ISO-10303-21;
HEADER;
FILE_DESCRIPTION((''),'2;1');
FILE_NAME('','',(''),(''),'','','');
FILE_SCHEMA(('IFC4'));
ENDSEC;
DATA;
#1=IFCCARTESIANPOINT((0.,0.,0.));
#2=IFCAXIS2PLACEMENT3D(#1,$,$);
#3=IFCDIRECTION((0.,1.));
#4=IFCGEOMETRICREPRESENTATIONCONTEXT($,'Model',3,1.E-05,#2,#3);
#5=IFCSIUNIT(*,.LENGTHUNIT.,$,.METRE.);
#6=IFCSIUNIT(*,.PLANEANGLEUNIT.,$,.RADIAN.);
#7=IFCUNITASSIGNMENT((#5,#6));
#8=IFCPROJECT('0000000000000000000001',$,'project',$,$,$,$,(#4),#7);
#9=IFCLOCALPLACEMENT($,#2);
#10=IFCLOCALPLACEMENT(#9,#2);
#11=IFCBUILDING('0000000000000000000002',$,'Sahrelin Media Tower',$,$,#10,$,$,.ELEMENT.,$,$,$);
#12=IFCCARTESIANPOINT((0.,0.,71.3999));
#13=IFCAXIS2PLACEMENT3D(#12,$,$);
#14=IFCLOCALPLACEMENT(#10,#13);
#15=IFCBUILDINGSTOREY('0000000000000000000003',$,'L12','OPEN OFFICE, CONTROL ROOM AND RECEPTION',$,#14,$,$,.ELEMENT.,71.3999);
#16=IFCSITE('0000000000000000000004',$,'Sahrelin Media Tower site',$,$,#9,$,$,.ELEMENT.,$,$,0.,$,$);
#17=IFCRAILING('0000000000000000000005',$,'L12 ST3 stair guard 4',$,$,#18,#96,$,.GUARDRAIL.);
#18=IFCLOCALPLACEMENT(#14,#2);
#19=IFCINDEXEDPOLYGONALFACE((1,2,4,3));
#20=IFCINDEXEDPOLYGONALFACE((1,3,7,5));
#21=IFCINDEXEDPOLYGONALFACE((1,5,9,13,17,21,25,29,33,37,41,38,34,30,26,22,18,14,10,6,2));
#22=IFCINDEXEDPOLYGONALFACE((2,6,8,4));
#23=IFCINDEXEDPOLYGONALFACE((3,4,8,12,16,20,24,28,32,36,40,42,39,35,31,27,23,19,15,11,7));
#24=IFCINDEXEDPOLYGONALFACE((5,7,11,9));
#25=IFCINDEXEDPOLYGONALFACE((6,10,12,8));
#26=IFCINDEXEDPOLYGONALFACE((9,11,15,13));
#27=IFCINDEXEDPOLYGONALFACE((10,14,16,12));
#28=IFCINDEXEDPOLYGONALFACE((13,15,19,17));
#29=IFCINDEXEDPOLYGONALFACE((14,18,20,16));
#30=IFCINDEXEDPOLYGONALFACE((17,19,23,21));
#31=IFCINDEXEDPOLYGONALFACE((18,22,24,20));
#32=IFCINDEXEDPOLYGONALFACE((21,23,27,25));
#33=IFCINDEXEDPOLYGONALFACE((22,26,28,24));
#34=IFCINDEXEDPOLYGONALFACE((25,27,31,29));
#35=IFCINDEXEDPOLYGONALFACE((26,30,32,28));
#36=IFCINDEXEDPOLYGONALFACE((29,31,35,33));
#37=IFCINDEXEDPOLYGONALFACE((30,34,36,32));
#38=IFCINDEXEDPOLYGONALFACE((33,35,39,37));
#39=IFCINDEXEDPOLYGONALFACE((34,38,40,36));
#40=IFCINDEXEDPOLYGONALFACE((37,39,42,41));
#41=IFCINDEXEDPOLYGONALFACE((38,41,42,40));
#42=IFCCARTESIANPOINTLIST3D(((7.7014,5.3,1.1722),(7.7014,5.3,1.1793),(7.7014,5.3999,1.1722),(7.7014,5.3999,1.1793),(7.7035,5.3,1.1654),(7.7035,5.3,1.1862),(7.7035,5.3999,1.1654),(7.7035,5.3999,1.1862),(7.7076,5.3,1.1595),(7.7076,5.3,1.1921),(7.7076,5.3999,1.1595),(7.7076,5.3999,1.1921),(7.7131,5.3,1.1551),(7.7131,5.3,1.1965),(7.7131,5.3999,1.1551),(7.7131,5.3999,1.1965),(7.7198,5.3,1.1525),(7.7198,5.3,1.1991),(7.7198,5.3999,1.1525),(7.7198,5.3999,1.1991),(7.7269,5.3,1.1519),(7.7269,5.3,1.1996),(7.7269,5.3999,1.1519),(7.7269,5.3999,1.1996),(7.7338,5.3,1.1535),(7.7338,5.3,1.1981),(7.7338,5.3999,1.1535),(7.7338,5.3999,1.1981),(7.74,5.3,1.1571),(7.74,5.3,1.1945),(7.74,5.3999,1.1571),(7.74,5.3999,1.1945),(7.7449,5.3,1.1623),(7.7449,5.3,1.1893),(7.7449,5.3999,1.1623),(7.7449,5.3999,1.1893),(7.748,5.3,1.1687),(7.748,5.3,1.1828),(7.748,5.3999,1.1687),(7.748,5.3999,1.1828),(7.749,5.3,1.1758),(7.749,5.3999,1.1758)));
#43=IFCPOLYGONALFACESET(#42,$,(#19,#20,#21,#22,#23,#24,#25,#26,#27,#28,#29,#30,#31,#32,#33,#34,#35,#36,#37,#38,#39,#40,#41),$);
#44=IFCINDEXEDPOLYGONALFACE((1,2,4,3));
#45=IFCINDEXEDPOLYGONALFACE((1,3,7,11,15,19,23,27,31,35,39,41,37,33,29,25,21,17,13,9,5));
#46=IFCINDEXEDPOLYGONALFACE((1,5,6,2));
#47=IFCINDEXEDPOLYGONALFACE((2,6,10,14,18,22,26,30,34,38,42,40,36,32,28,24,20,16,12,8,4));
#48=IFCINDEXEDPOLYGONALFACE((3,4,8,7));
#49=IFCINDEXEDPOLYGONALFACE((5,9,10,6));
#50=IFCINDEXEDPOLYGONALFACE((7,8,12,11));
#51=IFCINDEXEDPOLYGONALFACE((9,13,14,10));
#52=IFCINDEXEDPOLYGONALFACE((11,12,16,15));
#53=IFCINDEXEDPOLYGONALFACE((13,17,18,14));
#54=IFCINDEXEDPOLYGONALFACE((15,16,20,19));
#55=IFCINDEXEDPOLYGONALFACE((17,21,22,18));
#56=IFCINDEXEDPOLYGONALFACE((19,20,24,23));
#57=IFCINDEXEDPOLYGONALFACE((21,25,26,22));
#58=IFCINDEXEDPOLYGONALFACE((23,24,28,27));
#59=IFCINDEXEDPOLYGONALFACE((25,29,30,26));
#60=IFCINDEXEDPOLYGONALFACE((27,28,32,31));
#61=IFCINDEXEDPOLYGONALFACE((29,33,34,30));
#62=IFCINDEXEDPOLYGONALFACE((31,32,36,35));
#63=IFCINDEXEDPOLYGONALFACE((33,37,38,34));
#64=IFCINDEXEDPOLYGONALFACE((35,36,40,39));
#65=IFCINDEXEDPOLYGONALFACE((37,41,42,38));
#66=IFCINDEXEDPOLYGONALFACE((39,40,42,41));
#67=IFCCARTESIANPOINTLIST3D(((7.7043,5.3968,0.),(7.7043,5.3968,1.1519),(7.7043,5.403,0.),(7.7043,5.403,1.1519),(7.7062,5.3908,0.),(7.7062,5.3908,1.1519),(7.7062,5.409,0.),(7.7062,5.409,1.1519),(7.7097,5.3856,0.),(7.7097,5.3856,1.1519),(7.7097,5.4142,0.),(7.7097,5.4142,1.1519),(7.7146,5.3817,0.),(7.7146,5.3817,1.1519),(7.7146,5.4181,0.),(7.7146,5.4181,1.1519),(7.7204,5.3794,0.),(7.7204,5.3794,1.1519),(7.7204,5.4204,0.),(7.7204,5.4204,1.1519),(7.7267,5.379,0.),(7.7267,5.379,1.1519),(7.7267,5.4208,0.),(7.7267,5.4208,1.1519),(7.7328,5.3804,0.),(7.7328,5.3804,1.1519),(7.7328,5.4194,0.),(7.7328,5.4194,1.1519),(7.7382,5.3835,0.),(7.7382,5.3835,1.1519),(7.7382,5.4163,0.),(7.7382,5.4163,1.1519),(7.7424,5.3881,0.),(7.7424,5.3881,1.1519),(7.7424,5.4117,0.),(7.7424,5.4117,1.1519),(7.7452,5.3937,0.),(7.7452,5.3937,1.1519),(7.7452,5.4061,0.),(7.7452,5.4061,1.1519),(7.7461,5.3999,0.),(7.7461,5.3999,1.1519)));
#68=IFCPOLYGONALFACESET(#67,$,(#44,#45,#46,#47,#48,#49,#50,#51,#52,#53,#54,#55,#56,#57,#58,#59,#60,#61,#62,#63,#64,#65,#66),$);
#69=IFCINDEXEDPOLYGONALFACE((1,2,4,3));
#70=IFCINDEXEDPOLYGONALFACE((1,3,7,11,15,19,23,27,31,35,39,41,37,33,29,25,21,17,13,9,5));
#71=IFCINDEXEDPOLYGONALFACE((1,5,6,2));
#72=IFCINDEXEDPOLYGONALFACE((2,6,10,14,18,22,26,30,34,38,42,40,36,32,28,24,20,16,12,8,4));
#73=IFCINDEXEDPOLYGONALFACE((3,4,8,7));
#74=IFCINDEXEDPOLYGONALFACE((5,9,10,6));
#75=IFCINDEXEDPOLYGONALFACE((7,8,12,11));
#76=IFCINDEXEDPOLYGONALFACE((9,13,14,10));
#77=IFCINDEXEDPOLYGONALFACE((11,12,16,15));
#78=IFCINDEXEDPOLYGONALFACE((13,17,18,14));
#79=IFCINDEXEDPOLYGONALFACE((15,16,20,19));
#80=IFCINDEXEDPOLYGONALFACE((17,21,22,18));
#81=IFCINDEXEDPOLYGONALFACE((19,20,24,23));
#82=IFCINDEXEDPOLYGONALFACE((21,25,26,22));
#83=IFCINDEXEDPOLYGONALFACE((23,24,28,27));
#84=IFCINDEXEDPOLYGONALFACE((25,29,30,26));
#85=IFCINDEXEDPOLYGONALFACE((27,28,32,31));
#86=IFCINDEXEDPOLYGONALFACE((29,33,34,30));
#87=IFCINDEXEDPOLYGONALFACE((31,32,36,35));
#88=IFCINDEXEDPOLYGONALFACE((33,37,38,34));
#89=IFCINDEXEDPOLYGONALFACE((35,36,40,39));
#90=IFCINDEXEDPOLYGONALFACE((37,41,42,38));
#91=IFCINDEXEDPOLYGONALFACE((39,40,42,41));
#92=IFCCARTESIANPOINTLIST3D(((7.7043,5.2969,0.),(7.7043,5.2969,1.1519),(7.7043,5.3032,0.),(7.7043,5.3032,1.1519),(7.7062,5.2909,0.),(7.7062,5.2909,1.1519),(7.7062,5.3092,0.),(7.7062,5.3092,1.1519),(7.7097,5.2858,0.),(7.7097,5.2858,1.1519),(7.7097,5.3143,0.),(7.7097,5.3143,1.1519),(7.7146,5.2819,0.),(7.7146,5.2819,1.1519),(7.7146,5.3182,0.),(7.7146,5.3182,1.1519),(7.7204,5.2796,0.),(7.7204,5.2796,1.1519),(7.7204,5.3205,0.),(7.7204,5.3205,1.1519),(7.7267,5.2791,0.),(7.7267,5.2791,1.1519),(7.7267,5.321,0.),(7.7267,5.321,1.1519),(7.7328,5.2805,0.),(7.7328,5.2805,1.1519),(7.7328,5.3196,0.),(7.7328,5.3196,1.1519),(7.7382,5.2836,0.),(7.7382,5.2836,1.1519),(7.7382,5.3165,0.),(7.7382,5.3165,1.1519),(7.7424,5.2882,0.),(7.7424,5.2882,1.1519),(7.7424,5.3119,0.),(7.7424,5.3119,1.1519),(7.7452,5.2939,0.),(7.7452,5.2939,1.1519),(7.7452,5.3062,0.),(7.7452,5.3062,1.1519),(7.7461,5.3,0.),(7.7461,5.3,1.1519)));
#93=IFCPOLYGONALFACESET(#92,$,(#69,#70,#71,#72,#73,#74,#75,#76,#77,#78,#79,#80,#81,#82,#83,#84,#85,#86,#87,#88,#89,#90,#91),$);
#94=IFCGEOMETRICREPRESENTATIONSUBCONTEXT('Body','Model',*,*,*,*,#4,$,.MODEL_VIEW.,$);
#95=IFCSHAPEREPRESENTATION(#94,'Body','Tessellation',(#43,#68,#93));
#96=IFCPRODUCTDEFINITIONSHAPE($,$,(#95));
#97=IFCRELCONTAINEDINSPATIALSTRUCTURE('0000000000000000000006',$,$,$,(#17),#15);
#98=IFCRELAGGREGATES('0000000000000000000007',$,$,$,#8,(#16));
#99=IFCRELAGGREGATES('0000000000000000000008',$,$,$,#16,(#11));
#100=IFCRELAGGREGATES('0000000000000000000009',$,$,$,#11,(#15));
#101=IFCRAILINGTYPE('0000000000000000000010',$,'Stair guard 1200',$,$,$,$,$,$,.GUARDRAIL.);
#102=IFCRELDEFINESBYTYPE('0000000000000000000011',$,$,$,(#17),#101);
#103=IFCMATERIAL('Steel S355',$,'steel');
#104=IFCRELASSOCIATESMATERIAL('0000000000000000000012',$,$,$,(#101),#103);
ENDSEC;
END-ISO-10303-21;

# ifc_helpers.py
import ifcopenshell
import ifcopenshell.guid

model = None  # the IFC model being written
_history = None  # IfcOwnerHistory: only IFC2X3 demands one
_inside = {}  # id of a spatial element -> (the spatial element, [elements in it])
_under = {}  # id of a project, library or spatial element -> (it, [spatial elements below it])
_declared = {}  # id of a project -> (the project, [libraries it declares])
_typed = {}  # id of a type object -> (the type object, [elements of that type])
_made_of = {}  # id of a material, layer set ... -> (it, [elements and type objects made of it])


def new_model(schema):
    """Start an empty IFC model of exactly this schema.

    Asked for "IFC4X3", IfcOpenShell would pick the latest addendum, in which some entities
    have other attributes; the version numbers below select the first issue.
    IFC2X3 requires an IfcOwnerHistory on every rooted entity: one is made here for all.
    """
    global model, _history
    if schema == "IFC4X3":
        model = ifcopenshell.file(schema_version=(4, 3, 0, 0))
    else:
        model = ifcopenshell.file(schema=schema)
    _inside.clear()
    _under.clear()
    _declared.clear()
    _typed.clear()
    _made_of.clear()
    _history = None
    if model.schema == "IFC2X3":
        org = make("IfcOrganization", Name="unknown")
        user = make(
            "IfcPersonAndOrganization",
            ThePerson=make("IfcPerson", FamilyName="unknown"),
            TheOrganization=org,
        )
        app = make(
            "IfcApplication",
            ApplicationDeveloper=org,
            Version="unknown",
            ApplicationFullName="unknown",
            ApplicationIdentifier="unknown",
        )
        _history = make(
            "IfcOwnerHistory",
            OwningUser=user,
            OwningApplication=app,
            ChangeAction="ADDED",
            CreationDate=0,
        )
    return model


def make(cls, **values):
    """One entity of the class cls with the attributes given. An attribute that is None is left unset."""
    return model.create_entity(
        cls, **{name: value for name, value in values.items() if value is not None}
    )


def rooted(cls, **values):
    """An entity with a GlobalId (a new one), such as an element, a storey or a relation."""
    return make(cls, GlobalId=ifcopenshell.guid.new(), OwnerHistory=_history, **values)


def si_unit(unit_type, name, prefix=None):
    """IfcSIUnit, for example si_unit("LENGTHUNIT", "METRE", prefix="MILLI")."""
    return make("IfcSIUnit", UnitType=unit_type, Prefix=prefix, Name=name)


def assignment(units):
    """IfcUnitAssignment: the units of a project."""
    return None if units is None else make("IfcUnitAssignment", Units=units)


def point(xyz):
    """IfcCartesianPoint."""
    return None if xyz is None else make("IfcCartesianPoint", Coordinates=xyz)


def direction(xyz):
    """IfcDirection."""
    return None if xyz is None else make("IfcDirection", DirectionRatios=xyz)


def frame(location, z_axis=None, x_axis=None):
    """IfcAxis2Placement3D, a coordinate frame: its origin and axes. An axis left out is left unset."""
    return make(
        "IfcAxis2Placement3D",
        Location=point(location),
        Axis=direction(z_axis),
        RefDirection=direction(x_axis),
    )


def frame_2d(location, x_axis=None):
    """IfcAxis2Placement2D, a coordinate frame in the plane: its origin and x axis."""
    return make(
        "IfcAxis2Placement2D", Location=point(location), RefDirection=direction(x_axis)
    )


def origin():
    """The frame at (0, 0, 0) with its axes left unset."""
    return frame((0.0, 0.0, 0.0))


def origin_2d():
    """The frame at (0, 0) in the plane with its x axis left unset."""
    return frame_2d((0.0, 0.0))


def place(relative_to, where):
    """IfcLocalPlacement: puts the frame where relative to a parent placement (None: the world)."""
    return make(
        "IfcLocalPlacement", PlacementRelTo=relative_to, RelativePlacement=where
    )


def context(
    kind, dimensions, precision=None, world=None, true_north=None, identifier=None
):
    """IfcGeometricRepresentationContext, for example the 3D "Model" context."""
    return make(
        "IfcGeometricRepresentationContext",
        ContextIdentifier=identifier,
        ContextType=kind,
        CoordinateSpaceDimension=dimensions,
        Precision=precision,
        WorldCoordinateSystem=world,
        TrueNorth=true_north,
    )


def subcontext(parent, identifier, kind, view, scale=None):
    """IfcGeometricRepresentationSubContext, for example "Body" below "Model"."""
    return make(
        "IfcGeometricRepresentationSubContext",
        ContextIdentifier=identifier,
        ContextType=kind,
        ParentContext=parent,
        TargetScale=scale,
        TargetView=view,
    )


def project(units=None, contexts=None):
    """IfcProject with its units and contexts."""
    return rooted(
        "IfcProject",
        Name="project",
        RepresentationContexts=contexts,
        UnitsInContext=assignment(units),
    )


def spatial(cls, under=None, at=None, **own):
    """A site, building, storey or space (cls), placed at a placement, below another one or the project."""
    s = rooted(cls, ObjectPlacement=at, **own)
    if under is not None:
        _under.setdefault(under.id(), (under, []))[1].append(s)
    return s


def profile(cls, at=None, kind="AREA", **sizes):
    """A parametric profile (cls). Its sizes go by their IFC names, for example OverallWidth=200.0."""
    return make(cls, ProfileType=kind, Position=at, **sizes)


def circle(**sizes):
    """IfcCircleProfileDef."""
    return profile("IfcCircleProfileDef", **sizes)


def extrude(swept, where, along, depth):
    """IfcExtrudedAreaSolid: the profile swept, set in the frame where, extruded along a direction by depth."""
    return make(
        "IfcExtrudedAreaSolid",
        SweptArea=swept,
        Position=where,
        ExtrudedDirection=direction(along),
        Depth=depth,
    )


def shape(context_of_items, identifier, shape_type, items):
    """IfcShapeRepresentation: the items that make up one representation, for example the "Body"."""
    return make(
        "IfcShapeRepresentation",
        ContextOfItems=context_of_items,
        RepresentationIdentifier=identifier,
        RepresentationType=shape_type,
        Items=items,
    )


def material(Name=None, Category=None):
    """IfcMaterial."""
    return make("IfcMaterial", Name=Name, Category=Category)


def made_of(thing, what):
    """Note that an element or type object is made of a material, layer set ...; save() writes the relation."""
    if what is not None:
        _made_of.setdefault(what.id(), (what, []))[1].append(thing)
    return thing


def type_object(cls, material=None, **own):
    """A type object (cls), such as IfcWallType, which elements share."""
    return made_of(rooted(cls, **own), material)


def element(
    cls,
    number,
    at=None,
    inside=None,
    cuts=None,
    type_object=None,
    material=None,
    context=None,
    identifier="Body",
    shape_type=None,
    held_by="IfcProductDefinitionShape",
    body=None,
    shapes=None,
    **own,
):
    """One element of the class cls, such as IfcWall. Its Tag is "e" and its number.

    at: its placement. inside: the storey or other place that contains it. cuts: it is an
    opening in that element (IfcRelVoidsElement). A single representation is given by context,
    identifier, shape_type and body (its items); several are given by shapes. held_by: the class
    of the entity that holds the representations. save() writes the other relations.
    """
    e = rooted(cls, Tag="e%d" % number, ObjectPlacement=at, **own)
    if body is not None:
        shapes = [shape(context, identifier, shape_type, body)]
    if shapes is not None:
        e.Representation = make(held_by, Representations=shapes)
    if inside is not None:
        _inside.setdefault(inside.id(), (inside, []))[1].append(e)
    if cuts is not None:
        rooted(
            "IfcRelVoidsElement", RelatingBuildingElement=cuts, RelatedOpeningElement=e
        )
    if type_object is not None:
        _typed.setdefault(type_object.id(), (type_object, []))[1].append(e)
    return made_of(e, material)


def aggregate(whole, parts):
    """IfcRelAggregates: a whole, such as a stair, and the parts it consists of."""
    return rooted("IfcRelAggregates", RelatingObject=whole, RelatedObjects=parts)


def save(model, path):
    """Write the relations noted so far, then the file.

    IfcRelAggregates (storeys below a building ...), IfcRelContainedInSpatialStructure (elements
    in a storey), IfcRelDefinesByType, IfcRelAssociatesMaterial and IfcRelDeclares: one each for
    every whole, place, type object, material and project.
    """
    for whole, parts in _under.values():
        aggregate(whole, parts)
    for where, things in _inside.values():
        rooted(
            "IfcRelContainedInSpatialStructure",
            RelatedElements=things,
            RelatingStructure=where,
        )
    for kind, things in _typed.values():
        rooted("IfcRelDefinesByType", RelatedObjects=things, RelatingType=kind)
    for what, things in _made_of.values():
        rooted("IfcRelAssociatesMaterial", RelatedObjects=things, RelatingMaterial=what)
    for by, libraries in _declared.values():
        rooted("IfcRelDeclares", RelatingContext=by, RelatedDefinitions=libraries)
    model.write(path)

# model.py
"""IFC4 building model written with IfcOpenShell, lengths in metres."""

from ifc_helpers import new_model, si_unit, direction, frame, origin, origin_2d, place, context, subcontext, project, spatial, circle, extrude, material, type_object, element, save


model = new_model("IFC4")

# Units and contexts
model_context = context("Model", 3, precision=1e-05, world=origin(), true_north=direction((0.0, 1.0)))
body_context = subcontext(model_context, "Body", "Model", "MODEL_VIEW")
ifc_project = project(units=[si_unit("LENGTHUNIT", "METRE"), si_unit("PLANEANGLEUNIT", "RADIAN")], contexts=[model_context])

# Site, building, storey
site_placement = place(None, origin())
site = spatial("IfcSite", under=ifc_project, at=site_placement, Name="Sahrelin Media Tower site", CompositionType="ELEMENT", RefElevation=0.0)
building_placement = place(site_placement, origin())
building = spatial("IfcBuilding", under=site, at=building_placement, Name="Sahrelin Media Tower", CompositionType="ELEMENT")
storey_placement = place(building_placement, frame((0.0, 0.0, 71.3999)))
storey = spatial("IfcBuildingStorey", under=building, at=storey_placement, Name="L12", Description="OPEN OFFICE, CONTROL ROOM AND RECEPTION", CompositionType="ELEMENT", Elevation=71.3999)

# Shared definitions
ifc_material_1 = material(Name="Steel S355", Category="steel")

# Railing
railing_type_1 = type_object("IfcRailingType", Name="Stair guard 1200", PredefinedType="GUARDRAIL", material=ifc_material_1)
railing_1_placement = place(storey_placement, frame((7.7251, 5.3999, 0.0)))
element("IfcRailing", 1, at=railing_1_placement, inside=storey, type_object=railing_type_1, Name="L12 ST3 stair guard 4", PredefinedType="GUARDRAIL", context=body_context, shape_type="SweptSolid", body=[
    extrude(circle(Radius=0.0239, at=origin_2d()), frame((0.0, 0.0, 1.1758), z_axis=(0.0, -1.0, 0.0), x_axis=(1.0, 0.0, 0.0)), (0.0, 0.0, 1.0), 0.0999),
    extrude(circle(Radius=0.021, at=origin_2d()), origin(), (0.0, 0.0, 1.0), 1.1519),
    extrude(circle(Radius=0.021, at=origin_2d()), frame((0.0, -0.0999, 0.0)), (0.0, 0.0, 1.0), 1.1519),
])

save(model, "model.ifc")
